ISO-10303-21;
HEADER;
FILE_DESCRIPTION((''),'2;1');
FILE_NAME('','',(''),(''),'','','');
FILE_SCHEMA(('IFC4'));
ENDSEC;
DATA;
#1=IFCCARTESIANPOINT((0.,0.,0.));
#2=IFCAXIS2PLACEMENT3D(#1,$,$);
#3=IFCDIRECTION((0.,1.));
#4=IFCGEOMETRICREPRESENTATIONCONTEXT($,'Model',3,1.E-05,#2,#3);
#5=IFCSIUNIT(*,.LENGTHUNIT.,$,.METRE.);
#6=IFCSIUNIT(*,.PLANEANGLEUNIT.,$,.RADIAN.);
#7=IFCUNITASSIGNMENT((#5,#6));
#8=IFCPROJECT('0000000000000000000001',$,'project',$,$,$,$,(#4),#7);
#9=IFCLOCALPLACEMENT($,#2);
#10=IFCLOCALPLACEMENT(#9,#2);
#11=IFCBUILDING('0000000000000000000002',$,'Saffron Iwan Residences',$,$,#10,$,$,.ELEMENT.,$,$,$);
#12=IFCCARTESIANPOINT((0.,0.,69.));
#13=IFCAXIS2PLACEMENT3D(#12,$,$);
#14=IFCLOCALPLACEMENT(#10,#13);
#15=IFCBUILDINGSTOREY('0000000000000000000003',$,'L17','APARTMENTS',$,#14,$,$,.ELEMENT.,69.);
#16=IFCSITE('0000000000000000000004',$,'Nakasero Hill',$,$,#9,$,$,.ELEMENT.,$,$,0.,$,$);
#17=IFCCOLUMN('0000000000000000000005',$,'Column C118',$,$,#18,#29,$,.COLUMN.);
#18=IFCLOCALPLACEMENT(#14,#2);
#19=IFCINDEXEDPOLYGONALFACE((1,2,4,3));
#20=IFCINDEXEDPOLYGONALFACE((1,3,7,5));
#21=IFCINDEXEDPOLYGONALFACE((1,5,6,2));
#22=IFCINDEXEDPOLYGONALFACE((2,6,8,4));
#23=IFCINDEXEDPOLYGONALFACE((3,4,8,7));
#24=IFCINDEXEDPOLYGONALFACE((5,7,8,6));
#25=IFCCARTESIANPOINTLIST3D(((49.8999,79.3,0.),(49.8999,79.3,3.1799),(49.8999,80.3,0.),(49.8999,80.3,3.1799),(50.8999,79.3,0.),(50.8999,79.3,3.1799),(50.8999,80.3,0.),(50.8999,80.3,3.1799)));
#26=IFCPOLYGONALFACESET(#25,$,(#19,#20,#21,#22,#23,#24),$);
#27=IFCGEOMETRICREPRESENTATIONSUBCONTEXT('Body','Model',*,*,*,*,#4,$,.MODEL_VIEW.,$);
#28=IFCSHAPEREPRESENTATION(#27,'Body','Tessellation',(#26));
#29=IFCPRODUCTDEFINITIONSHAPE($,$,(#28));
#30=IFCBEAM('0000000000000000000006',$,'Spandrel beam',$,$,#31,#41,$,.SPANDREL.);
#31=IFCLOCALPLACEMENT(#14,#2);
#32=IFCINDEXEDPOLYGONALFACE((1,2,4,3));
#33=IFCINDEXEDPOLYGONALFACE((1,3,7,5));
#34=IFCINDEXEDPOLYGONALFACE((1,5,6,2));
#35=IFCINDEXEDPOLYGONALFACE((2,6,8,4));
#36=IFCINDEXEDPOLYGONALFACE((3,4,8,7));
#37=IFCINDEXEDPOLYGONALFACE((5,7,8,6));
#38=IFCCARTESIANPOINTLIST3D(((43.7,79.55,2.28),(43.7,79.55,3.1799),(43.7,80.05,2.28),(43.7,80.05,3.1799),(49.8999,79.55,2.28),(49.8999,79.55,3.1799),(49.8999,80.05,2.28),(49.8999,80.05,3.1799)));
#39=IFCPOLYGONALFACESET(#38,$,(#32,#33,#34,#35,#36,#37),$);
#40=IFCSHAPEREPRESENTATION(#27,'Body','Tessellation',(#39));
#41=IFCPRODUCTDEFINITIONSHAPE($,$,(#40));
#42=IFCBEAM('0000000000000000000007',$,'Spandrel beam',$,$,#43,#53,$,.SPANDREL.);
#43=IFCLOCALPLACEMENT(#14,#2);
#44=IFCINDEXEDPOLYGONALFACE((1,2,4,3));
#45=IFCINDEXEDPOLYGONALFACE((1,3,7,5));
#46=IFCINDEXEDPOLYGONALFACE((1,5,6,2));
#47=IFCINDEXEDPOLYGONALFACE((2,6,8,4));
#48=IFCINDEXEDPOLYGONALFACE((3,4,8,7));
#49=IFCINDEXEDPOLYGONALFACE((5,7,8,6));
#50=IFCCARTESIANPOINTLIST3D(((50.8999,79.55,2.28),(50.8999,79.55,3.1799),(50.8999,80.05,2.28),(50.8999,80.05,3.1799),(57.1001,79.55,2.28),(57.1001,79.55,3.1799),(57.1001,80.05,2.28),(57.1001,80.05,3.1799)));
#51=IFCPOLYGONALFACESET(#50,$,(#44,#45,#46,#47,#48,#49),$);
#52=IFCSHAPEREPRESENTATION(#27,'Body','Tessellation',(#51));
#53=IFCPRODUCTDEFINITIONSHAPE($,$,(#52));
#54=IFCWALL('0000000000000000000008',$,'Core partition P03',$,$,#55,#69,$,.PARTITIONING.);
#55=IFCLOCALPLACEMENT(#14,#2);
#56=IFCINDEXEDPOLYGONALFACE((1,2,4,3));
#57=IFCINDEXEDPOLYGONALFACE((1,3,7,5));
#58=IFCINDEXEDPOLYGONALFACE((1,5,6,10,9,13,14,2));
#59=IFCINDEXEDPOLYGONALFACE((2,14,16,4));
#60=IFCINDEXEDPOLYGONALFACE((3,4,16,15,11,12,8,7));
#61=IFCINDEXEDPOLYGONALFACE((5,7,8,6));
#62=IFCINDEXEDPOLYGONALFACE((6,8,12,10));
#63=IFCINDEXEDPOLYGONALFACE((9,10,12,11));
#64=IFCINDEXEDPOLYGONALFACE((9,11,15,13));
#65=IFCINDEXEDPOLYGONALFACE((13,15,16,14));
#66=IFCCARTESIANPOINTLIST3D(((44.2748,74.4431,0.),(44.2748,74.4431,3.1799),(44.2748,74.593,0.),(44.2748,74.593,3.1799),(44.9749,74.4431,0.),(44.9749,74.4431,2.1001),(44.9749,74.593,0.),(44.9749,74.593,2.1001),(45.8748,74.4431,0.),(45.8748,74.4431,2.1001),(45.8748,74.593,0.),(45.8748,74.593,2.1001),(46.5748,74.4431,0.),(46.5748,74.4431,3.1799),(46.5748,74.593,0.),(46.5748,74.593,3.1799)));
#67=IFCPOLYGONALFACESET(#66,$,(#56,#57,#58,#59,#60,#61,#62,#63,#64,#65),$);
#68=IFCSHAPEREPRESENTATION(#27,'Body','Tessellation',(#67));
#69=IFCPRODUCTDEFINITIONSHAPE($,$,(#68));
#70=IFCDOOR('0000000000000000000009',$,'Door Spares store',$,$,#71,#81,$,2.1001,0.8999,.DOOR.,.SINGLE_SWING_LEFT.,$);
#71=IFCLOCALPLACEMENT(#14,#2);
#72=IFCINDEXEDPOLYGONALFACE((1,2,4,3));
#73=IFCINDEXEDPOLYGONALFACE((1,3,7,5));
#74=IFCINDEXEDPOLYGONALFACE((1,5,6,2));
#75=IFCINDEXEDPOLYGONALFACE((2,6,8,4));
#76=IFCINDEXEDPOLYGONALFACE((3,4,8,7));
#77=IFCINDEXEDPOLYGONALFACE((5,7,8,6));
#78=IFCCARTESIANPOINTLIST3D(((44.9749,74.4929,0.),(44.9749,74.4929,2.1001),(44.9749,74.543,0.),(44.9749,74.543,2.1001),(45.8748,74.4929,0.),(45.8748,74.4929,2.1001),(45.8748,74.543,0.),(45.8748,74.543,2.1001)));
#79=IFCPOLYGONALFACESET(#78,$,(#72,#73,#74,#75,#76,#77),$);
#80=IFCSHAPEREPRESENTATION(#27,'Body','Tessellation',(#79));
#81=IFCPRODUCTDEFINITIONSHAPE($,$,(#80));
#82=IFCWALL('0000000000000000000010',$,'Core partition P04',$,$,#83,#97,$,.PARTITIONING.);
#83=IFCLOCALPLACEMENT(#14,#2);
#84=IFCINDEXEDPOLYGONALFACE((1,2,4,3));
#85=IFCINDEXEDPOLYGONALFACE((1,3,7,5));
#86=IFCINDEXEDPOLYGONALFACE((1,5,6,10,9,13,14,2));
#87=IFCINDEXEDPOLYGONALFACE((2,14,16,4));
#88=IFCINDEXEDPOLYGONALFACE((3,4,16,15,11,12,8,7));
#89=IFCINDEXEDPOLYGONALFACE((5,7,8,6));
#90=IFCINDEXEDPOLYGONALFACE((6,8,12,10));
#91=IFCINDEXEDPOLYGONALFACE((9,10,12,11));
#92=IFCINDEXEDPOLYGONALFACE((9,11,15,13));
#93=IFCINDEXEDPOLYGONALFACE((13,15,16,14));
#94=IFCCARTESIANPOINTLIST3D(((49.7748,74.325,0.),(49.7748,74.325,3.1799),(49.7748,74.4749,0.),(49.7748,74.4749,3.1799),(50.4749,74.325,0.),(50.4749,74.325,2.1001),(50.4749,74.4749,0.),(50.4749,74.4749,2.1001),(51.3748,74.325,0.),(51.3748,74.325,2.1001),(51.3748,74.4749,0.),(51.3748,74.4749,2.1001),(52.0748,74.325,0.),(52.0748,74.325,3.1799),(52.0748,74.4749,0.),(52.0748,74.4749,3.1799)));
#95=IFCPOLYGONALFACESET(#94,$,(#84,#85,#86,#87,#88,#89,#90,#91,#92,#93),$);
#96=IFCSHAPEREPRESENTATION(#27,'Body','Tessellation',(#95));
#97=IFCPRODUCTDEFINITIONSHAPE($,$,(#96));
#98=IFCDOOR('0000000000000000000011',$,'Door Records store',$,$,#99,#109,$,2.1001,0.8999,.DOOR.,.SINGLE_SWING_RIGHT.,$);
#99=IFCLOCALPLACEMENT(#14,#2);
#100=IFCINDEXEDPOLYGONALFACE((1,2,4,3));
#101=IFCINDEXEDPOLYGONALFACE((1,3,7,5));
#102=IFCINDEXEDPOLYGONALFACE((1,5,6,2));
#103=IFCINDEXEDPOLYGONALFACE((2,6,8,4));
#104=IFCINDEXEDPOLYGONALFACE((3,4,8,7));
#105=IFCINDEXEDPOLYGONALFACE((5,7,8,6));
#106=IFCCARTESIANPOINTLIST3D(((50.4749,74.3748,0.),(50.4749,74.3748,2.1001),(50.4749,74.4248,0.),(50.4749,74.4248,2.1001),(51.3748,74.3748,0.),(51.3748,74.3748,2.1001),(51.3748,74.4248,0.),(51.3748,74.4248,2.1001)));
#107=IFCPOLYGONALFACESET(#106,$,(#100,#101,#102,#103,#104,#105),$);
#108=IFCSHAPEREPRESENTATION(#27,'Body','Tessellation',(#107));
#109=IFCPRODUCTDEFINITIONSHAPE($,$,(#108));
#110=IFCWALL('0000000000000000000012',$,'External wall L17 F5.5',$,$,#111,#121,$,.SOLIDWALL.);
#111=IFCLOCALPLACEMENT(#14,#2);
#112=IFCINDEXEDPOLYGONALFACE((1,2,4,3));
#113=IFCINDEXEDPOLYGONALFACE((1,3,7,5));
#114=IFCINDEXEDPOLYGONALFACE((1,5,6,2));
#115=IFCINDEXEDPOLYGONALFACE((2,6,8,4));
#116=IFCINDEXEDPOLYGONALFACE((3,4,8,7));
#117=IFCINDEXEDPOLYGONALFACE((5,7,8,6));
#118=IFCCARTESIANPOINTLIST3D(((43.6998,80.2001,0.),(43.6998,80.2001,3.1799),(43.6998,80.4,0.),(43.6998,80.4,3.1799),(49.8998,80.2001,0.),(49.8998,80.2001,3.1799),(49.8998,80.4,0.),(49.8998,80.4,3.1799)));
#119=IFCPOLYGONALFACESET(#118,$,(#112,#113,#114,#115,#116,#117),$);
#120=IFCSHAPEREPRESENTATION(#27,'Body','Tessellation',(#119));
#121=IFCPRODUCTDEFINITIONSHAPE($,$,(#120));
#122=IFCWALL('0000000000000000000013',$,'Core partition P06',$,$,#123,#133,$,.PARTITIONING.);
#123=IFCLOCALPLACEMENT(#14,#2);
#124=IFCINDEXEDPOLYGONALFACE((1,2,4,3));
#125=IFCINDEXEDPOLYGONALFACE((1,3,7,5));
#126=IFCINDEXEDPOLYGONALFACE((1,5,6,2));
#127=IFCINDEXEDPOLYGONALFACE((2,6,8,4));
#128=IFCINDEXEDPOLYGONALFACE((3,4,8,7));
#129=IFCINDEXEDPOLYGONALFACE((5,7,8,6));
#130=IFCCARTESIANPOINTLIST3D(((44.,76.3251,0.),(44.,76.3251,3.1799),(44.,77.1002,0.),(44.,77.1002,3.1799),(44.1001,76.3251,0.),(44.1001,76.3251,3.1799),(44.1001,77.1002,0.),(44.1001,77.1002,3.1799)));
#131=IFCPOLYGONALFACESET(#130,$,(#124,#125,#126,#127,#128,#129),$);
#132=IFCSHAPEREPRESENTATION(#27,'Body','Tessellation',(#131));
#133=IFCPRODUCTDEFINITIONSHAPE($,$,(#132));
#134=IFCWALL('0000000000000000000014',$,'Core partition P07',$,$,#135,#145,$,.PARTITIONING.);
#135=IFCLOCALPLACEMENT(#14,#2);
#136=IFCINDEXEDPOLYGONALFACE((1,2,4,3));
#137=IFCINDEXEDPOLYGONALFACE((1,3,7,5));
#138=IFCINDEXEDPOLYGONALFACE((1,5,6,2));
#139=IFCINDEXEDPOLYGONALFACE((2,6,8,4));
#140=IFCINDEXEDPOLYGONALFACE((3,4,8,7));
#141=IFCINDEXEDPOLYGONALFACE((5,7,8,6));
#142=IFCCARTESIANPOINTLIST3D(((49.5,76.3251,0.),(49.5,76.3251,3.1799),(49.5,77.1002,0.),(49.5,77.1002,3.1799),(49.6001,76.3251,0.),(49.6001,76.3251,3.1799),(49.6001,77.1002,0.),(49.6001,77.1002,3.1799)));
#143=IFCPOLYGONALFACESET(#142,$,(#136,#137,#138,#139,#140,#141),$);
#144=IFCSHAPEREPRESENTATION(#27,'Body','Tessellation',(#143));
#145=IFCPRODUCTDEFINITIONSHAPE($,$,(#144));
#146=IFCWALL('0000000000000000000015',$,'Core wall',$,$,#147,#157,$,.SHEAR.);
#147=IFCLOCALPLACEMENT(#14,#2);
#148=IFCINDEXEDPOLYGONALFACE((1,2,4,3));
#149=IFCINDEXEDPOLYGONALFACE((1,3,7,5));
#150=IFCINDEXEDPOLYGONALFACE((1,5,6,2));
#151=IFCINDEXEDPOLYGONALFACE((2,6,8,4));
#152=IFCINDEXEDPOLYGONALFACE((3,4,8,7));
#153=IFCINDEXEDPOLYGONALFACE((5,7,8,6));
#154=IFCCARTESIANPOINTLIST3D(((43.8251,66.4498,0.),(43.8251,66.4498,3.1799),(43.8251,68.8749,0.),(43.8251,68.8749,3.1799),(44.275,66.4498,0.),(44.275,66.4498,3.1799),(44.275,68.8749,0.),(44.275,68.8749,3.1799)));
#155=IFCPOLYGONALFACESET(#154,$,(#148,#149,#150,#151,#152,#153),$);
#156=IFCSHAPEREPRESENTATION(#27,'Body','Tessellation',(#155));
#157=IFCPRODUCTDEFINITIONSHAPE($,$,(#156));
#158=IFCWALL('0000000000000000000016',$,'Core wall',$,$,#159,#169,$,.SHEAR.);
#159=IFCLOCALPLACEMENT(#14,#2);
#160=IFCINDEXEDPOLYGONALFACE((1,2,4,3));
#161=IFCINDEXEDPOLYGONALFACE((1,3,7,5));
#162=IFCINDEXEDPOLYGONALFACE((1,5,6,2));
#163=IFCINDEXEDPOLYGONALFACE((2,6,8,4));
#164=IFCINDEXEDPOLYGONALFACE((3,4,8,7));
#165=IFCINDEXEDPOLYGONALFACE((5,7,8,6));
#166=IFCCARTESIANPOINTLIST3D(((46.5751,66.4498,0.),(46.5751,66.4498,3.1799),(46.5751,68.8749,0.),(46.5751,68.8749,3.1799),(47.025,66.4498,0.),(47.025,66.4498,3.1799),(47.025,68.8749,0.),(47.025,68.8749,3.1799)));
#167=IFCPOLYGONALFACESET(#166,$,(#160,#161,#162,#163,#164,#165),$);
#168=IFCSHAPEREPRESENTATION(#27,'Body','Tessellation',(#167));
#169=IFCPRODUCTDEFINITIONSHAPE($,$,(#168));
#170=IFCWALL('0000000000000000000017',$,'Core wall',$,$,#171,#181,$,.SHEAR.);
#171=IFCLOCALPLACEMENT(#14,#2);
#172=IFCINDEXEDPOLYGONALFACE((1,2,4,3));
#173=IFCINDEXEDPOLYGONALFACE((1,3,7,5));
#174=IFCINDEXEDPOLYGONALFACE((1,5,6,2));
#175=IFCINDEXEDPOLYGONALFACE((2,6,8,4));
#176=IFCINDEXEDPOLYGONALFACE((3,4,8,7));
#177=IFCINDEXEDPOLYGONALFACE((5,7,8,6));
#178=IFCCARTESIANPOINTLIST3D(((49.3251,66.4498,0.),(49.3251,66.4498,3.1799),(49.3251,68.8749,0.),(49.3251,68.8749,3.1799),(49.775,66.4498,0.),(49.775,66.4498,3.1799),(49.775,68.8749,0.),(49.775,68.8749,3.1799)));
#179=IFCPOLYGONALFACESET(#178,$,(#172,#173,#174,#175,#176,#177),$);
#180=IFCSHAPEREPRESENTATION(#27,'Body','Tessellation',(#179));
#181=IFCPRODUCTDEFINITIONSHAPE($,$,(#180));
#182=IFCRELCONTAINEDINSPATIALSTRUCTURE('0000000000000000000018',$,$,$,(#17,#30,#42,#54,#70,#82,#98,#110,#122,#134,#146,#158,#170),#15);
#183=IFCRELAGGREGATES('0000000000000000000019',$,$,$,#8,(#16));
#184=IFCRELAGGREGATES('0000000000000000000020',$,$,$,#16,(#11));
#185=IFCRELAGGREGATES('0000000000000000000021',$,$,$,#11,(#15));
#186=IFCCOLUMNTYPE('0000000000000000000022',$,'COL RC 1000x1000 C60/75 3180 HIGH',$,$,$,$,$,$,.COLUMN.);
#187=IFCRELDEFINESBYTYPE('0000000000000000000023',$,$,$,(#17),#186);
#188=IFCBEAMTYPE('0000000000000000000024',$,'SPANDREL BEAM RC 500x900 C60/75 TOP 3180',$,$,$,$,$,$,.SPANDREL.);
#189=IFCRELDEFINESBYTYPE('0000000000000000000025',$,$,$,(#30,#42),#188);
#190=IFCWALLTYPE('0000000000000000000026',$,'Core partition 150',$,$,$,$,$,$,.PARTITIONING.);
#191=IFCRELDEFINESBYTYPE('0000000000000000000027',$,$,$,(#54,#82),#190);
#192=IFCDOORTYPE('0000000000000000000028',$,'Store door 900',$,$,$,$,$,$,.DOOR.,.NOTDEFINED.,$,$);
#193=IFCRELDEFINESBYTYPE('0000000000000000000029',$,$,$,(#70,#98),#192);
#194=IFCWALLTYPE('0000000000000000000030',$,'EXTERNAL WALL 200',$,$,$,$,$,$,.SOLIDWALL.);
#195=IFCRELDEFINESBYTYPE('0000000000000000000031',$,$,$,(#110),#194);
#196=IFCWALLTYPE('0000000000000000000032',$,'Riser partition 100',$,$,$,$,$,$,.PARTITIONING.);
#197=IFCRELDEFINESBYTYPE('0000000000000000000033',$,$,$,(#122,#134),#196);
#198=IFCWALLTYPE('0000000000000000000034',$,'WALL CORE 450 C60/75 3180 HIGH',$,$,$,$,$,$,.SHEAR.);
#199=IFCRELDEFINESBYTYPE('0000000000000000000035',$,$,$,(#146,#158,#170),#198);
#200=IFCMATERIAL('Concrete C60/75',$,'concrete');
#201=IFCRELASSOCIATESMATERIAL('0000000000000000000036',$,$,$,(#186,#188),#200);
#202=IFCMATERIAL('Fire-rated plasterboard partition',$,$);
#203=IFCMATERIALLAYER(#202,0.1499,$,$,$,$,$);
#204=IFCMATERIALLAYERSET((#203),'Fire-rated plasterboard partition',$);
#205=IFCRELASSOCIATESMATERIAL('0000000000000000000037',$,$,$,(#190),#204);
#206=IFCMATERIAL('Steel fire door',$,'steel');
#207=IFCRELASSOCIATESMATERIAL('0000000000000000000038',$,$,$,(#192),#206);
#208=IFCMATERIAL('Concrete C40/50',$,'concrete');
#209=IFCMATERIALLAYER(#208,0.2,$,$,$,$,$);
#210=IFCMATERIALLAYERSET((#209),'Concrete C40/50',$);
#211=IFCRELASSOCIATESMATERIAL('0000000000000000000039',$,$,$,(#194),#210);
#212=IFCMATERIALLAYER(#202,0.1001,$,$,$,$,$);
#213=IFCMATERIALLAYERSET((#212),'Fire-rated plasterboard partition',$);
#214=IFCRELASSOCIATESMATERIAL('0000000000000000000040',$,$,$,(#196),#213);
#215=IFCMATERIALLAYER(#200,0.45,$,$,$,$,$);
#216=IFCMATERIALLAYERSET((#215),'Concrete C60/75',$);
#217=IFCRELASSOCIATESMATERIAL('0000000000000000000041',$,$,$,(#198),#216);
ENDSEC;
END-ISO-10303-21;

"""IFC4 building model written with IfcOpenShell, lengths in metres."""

from ifc_helpers import new_model, si_unit, direction, frame, frame_2d, origin, origin_2d, place, context, subcontext, project, spatial, rectangle, extrude, source, transform, mapped, material, layer, layer_set, material_profile, profile_set, type_object, element, fill, save


model = new_model("IFC4")

# Units and contexts
model_context = context("Model", 3, precision=1e-05, world=origin(), true_north=direction((0.0, 1.0)))
body_context = subcontext(model_context, "Body", "Model", "MODEL_VIEW")
ifc_project = project(units=[si_unit("LENGTHUNIT", "METRE"), si_unit("PLANEANGLEUNIT", "RADIAN")], contexts=[model_context])

# Site, building, storey
site_placement = place(None, origin())
site = spatial("IfcSite", under=ifc_project, at=site_placement, Name="Nakasero Hill", CompositionType="ELEMENT", RefElevation=0.0)
building_placement = place(site_placement, origin())
building = spatial("IfcBuilding", under=site, at=building_placement, Name="Saffron Iwan Residences", CompositionType="ELEMENT")
storey_placement = place(building_placement, frame((0.0, 0.0, 69.0)))
storey = spatial("IfcBuildingStorey", under=building, at=storey_placement, Name="L17", Description="APARTMENTS", CompositionType="ELEMENT", Elevation=69.0)

# Column
ifc_material_1 = material(Name="Concrete C60/75", Category="concrete")
ifc_material_profile_1 = material_profile(ifc_material_1, rectangle(XDim=1.0, YDim=1.0, at=origin_2d()), Name="RC 1000x1000")
ifc_profile_set_1 = profile_set([ifc_material_profile_1], Name="Concrete C60/75")
column_type = type_object("IfcColumnType", Name="COL RC 1000x1000 C60/75 3180 HIGH", PredefinedType="COLUMN", material=ifc_profile_set_1)
shared_shape_1 = source(origin(), body_context, "Body", "SweptSolid", [
    extrude(rectangle(XDim=1.0, YDim=1.0, at=origin_2d()), origin(), (0.0, 0.0, 1.0), 3.1799),
])
column_placement = place(storey_placement, frame((50.3999, 79.8, 0.0), z_axis=(0.0, 0.0, 1.0), x_axis=(1.0, 0.0, 0.0)))
element("IfcColumn", 1, at=column_placement, inside=storey, type_object=column_type, Name="Column C118", PredefinedType="COLUMN", context=body_context, shape_type="MappedRepresentation", body=[
    mapped(shared_shape_1, transform((0.0, 0.0, 0.0))),
])

# Beams
ifc_material_profile_2 = material_profile(ifc_material_1, rectangle(XDim=0.5, YDim=0.8999, at=origin_2d()), Name="RC 500x900")
ifc_profile_set_2 = profile_set([ifc_material_profile_2], Name="Concrete C60/75")
beam_type = type_object("IfcBeamType", Name="SPANDREL BEAM RC 500x900 C60/75 TOP 3180", PredefinedType="SPANDREL", material=ifc_profile_set_2)
shared_shape_2 = source(origin(), body_context, "Body", "SweptSolid", [
    extrude(rectangle(XDim=0.5, YDim=0.8999, at=origin_2d()), origin(), (0.0, 0.0, 1.0), 6.2),
])
beam_1_placement = place(storey_placement, frame((43.7, 79.8, 2.73), z_axis=(1.0, 0.0, 0.0), x_axis=(0.0, 1.0, 0.0)))
element("IfcBeam", 2, at=beam_1_placement, inside=storey, type_object=beam_type, Name="Spandrel beam", PredefinedType="SPANDREL", context=body_context, shape_type="MappedRepresentation", body=[
    mapped(shared_shape_2, transform((0.0, 0.0, 0.0))),
])
shared_shape_3 = source(origin(), body_context, "Body", "SweptSolid", [
    extrude(rectangle(XDim=0.5, YDim=0.8999, at=origin_2d()), origin(), (0.0, 0.0, 1.0), 6.2002),
])
beam_2_placement = place(storey_placement, frame((50.8999, 79.8, 2.73), z_axis=(1.0, 0.0, 0.0), x_axis=(0.0, 1.0, 0.0)))
element("IfcBeam", 3, at=beam_2_placement, inside=storey, type_object=beam_type, Name="Spandrel beam", PredefinedType="SPANDREL", context=body_context, shape_type="MappedRepresentation", body=[
    mapped(shared_shape_3, transform((0.0, 0.0, 0.0))),
])

# Walls, openings, doors
ifc_material_2 = material(Name="Fire-rated plasterboard partition")
ifc_layer_1 = layer(ifc_material_2, 0.1499)
ifc_layer_set_1 = layer_set([ifc_layer_1], Name="Fire-rated plasterboard partition")
wall_type_1 = type_object("IfcWallType", Name="Core partition 150", PredefinedType="PARTITIONING", material=ifc_layer_set_1)
wall_1_placement = place(storey_placement, frame((44.2749, 74.5181, 0.0), z_axis=(0.0, 0.0, 1.0), x_axis=(1.0, 0.0, 0.0)))
wall_1 = element("IfcWall", 4, at=wall_1_placement, inside=storey, type_object=wall_type_1, Name="Core partition P03", PredefinedType="PARTITIONING", context=body_context, shape_type="SweptSolid", body=[
    extrude(rectangle(XDim=2.3, YDim=0.1499, at=frame_2d((1.1499, 0.0))), origin(), (0.0, 0.0, 1.0), 3.1799),
])
opening_1_placement = place(wall_1_placement, frame((0.7, 0.0, 0.0)))
opening_1 = element("IfcOpeningElement", 5, at=opening_1_placement, cuts=wall_1, PredefinedType="OPENING", context=body_context, shape_type="SweptSolid", body=[
    extrude(rectangle(XDim=0.8999, YDim=2.1001, at=frame_2d((0.45, 1.05))), frame((0.0, 0.085, 0.0), z_axis=(0.0, -1.0, 0.0), x_axis=(1.0, 0.0, 0.0)), (0.0, 0.0, 1.0), 0.1699),
])
ifc_material_3 = material(Name="Steel fire door", Category="steel")
door_type = type_object("IfcDoorType", Name="Store door 900", OperationType="NOTDEFINED", PredefinedType="DOOR", material=ifc_material_3)
door_1_placement = place(opening_1_placement, origin())
door_1 = element("IfcDoor", 6, at=door_1_placement, inside=storey, type_object=door_type, Name="Door Spares store", OperationType="SINGLE_SWING_LEFT", OverallHeight=2.1001, OverallWidth=0.8999, PredefinedType="DOOR", context=body_context, shape_type="SweptSolid", body=[
    extrude(rectangle(XDim=0.8999, YDim=2.1001, at=frame_2d((0.45, 1.05))), frame((0.0, 0.0249, 0.0), z_axis=(0.0, -1.0, 0.0), x_axis=(1.0, 0.0, 0.0)), (0.0, 0.0, 1.0), 0.05),
])
fill(opening_1, door_1)
wall_2_placement = place(storey_placement, frame((49.7749, 74.3999, 0.0), z_axis=(0.0, 0.0, 1.0), x_axis=(1.0, 0.0, 0.0)))
wall_2 = element("IfcWall", 7, at=wall_2_placement, inside=storey, type_object=wall_type_1, Name="Core partition P04", PredefinedType="PARTITIONING", context=body_context, shape_type="SweptSolid", body=[
    extrude(rectangle(XDim=2.3, YDim=0.1499, at=frame_2d((1.1499, 0.0))), origin(), (0.0, 0.0, 1.0), 3.1799),
])
opening_2_placement = place(wall_2_placement, frame((0.7, 0.0, 0.0)))
opening_2 = element("IfcOpeningElement", 8, at=opening_2_placement, cuts=wall_2, PredefinedType="OPENING", context=body_context, shape_type="SweptSolid", body=[
    extrude(rectangle(XDim=0.8999, YDim=2.1001, at=frame_2d((0.45, 1.05))), frame((0.0, 0.085, 0.0), z_axis=(0.0, -1.0, 0.0), x_axis=(1.0, 0.0, 0.0)), (0.0, 0.0, 1.0), 0.1699),
])
door_2_placement = place(opening_2_placement, origin())
door_2 = element("IfcDoor", 9, at=door_2_placement, inside=storey, type_object=door_type, Name="Door Records store", OperationType="SINGLE_SWING_RIGHT", OverallHeight=2.1001, OverallWidth=0.8999, PredefinedType="DOOR", context=body_context, shape_type="SweptSolid", body=[
    extrude(rectangle(XDim=0.8999, YDim=2.1001, at=frame_2d((0.45, 1.05))), frame((0.0, 0.0249, 0.0), z_axis=(0.0, -1.0, 0.0), x_axis=(1.0, 0.0, 0.0)), (0.0, 0.0, 1.0), 0.05),
])
fill(opening_2, door_2)

# Walls
ifc_material_4 = material(Name="Concrete C40/50", Category="concrete")
ifc_layer_2 = layer(ifc_material_4, 0.2)
ifc_layer_set_2 = layer_set([ifc_layer_2], Name="Concrete C40/50")
wall_type_2 = type_object("IfcWallType", Name="EXTERNAL WALL 200", PredefinedType="SOLIDWALL", material=ifc_layer_set_2)
wall_3_placement = place(storey_placement, frame((49.8999, 80.3, 0.0), z_axis=(0.0, 0.0, 1.0), x_axis=(-1.0, 0.0, 0.0)))
element("IfcWall", 10, at=wall_3_placement, inside=storey, type_object=wall_type_2, Name="External wall L17 F5.5", PredefinedType="SOLIDWALL", context=body_context, shape_type="SweptSolid", body=[
    extrude(rectangle(XDim=6.2, YDim=0.2, at=frame_2d((3.1001, 0.0))), origin(), (0.0, 0.0, 1.0), 3.1799),
])
ifc_layer_3 = layer(ifc_material_2, 0.1001)
ifc_layer_set_3 = layer_set([ifc_layer_3], Name="Fire-rated plasterboard partition")
wall_type_3 = type_object("IfcWallType", Name="Riser partition 100", PredefinedType="PARTITIONING", material=ifc_layer_set_3)
for number, where, z_axis, x_axis, name in (
    (11, (44.05, 76.325, 0.0), (0.0, 0.0, 1.0), (0.0, 1.0, 0.0), "Core partition P06"),
    (12, (49.55, 76.325, 0.0), (0.0, 0.0, 1.0), (0.0, 1.0, 0.0), "Core partition P07"),
):
    element("IfcWall", number, at=place(storey_placement, frame(where, z_axis=z_axis, x_axis=x_axis)), inside=storey, type_object=wall_type_3, Name=name, PredefinedType="PARTITIONING", context=body_context, shape_type="SweptSolid", body=[
        extrude(rectangle(XDim=0.7751, YDim=0.1001, at=frame_2d((0.3877, 0.0))), origin(), (0.0, 0.0, 1.0), 3.1799),
    ])
ifc_layer_4 = layer(ifc_material_1, 0.45)
ifc_layer_set_4 = layer_set([ifc_layer_4], Name="Concrete C60/75")
wall_type_4 = type_object("IfcWallType", Name="WALL CORE 450 C60/75 3180 HIGH", PredefinedType="SHEAR", material=ifc_layer_set_4)
for number, where, z_axis, x_axis, name in (
    (13, (44.05, 66.45, 0.0), (0.0, 0.0, 1.0), (0.0, 1.0, 0.0), "Core wall"),
    (14, (46.8, 66.45, 0.0), (0.0, 0.0, 1.0), (0.0, 1.0, 0.0), "Core wall"),
    (15, (49.55, 66.45, 0.0), (0.0, 0.0, 1.0), (0.0, 1.0, 0.0), "Core wall"),
):
    element("IfcWall", number, at=place(storey_placement, frame(where, z_axis=z_axis, x_axis=x_axis)), inside=storey, type_object=wall_type_4, Name=name, PredefinedType="SHEAR", context=body_context, shape_type="SweptSolid", body=[
        extrude(rectangle(XDim=2.425, YDim=0.45, at=frame_2d((1.2124, 0.0))), origin(), (0.0, 0.0, 1.0), 3.1799),
    ])

save(model, "model.ifc")
